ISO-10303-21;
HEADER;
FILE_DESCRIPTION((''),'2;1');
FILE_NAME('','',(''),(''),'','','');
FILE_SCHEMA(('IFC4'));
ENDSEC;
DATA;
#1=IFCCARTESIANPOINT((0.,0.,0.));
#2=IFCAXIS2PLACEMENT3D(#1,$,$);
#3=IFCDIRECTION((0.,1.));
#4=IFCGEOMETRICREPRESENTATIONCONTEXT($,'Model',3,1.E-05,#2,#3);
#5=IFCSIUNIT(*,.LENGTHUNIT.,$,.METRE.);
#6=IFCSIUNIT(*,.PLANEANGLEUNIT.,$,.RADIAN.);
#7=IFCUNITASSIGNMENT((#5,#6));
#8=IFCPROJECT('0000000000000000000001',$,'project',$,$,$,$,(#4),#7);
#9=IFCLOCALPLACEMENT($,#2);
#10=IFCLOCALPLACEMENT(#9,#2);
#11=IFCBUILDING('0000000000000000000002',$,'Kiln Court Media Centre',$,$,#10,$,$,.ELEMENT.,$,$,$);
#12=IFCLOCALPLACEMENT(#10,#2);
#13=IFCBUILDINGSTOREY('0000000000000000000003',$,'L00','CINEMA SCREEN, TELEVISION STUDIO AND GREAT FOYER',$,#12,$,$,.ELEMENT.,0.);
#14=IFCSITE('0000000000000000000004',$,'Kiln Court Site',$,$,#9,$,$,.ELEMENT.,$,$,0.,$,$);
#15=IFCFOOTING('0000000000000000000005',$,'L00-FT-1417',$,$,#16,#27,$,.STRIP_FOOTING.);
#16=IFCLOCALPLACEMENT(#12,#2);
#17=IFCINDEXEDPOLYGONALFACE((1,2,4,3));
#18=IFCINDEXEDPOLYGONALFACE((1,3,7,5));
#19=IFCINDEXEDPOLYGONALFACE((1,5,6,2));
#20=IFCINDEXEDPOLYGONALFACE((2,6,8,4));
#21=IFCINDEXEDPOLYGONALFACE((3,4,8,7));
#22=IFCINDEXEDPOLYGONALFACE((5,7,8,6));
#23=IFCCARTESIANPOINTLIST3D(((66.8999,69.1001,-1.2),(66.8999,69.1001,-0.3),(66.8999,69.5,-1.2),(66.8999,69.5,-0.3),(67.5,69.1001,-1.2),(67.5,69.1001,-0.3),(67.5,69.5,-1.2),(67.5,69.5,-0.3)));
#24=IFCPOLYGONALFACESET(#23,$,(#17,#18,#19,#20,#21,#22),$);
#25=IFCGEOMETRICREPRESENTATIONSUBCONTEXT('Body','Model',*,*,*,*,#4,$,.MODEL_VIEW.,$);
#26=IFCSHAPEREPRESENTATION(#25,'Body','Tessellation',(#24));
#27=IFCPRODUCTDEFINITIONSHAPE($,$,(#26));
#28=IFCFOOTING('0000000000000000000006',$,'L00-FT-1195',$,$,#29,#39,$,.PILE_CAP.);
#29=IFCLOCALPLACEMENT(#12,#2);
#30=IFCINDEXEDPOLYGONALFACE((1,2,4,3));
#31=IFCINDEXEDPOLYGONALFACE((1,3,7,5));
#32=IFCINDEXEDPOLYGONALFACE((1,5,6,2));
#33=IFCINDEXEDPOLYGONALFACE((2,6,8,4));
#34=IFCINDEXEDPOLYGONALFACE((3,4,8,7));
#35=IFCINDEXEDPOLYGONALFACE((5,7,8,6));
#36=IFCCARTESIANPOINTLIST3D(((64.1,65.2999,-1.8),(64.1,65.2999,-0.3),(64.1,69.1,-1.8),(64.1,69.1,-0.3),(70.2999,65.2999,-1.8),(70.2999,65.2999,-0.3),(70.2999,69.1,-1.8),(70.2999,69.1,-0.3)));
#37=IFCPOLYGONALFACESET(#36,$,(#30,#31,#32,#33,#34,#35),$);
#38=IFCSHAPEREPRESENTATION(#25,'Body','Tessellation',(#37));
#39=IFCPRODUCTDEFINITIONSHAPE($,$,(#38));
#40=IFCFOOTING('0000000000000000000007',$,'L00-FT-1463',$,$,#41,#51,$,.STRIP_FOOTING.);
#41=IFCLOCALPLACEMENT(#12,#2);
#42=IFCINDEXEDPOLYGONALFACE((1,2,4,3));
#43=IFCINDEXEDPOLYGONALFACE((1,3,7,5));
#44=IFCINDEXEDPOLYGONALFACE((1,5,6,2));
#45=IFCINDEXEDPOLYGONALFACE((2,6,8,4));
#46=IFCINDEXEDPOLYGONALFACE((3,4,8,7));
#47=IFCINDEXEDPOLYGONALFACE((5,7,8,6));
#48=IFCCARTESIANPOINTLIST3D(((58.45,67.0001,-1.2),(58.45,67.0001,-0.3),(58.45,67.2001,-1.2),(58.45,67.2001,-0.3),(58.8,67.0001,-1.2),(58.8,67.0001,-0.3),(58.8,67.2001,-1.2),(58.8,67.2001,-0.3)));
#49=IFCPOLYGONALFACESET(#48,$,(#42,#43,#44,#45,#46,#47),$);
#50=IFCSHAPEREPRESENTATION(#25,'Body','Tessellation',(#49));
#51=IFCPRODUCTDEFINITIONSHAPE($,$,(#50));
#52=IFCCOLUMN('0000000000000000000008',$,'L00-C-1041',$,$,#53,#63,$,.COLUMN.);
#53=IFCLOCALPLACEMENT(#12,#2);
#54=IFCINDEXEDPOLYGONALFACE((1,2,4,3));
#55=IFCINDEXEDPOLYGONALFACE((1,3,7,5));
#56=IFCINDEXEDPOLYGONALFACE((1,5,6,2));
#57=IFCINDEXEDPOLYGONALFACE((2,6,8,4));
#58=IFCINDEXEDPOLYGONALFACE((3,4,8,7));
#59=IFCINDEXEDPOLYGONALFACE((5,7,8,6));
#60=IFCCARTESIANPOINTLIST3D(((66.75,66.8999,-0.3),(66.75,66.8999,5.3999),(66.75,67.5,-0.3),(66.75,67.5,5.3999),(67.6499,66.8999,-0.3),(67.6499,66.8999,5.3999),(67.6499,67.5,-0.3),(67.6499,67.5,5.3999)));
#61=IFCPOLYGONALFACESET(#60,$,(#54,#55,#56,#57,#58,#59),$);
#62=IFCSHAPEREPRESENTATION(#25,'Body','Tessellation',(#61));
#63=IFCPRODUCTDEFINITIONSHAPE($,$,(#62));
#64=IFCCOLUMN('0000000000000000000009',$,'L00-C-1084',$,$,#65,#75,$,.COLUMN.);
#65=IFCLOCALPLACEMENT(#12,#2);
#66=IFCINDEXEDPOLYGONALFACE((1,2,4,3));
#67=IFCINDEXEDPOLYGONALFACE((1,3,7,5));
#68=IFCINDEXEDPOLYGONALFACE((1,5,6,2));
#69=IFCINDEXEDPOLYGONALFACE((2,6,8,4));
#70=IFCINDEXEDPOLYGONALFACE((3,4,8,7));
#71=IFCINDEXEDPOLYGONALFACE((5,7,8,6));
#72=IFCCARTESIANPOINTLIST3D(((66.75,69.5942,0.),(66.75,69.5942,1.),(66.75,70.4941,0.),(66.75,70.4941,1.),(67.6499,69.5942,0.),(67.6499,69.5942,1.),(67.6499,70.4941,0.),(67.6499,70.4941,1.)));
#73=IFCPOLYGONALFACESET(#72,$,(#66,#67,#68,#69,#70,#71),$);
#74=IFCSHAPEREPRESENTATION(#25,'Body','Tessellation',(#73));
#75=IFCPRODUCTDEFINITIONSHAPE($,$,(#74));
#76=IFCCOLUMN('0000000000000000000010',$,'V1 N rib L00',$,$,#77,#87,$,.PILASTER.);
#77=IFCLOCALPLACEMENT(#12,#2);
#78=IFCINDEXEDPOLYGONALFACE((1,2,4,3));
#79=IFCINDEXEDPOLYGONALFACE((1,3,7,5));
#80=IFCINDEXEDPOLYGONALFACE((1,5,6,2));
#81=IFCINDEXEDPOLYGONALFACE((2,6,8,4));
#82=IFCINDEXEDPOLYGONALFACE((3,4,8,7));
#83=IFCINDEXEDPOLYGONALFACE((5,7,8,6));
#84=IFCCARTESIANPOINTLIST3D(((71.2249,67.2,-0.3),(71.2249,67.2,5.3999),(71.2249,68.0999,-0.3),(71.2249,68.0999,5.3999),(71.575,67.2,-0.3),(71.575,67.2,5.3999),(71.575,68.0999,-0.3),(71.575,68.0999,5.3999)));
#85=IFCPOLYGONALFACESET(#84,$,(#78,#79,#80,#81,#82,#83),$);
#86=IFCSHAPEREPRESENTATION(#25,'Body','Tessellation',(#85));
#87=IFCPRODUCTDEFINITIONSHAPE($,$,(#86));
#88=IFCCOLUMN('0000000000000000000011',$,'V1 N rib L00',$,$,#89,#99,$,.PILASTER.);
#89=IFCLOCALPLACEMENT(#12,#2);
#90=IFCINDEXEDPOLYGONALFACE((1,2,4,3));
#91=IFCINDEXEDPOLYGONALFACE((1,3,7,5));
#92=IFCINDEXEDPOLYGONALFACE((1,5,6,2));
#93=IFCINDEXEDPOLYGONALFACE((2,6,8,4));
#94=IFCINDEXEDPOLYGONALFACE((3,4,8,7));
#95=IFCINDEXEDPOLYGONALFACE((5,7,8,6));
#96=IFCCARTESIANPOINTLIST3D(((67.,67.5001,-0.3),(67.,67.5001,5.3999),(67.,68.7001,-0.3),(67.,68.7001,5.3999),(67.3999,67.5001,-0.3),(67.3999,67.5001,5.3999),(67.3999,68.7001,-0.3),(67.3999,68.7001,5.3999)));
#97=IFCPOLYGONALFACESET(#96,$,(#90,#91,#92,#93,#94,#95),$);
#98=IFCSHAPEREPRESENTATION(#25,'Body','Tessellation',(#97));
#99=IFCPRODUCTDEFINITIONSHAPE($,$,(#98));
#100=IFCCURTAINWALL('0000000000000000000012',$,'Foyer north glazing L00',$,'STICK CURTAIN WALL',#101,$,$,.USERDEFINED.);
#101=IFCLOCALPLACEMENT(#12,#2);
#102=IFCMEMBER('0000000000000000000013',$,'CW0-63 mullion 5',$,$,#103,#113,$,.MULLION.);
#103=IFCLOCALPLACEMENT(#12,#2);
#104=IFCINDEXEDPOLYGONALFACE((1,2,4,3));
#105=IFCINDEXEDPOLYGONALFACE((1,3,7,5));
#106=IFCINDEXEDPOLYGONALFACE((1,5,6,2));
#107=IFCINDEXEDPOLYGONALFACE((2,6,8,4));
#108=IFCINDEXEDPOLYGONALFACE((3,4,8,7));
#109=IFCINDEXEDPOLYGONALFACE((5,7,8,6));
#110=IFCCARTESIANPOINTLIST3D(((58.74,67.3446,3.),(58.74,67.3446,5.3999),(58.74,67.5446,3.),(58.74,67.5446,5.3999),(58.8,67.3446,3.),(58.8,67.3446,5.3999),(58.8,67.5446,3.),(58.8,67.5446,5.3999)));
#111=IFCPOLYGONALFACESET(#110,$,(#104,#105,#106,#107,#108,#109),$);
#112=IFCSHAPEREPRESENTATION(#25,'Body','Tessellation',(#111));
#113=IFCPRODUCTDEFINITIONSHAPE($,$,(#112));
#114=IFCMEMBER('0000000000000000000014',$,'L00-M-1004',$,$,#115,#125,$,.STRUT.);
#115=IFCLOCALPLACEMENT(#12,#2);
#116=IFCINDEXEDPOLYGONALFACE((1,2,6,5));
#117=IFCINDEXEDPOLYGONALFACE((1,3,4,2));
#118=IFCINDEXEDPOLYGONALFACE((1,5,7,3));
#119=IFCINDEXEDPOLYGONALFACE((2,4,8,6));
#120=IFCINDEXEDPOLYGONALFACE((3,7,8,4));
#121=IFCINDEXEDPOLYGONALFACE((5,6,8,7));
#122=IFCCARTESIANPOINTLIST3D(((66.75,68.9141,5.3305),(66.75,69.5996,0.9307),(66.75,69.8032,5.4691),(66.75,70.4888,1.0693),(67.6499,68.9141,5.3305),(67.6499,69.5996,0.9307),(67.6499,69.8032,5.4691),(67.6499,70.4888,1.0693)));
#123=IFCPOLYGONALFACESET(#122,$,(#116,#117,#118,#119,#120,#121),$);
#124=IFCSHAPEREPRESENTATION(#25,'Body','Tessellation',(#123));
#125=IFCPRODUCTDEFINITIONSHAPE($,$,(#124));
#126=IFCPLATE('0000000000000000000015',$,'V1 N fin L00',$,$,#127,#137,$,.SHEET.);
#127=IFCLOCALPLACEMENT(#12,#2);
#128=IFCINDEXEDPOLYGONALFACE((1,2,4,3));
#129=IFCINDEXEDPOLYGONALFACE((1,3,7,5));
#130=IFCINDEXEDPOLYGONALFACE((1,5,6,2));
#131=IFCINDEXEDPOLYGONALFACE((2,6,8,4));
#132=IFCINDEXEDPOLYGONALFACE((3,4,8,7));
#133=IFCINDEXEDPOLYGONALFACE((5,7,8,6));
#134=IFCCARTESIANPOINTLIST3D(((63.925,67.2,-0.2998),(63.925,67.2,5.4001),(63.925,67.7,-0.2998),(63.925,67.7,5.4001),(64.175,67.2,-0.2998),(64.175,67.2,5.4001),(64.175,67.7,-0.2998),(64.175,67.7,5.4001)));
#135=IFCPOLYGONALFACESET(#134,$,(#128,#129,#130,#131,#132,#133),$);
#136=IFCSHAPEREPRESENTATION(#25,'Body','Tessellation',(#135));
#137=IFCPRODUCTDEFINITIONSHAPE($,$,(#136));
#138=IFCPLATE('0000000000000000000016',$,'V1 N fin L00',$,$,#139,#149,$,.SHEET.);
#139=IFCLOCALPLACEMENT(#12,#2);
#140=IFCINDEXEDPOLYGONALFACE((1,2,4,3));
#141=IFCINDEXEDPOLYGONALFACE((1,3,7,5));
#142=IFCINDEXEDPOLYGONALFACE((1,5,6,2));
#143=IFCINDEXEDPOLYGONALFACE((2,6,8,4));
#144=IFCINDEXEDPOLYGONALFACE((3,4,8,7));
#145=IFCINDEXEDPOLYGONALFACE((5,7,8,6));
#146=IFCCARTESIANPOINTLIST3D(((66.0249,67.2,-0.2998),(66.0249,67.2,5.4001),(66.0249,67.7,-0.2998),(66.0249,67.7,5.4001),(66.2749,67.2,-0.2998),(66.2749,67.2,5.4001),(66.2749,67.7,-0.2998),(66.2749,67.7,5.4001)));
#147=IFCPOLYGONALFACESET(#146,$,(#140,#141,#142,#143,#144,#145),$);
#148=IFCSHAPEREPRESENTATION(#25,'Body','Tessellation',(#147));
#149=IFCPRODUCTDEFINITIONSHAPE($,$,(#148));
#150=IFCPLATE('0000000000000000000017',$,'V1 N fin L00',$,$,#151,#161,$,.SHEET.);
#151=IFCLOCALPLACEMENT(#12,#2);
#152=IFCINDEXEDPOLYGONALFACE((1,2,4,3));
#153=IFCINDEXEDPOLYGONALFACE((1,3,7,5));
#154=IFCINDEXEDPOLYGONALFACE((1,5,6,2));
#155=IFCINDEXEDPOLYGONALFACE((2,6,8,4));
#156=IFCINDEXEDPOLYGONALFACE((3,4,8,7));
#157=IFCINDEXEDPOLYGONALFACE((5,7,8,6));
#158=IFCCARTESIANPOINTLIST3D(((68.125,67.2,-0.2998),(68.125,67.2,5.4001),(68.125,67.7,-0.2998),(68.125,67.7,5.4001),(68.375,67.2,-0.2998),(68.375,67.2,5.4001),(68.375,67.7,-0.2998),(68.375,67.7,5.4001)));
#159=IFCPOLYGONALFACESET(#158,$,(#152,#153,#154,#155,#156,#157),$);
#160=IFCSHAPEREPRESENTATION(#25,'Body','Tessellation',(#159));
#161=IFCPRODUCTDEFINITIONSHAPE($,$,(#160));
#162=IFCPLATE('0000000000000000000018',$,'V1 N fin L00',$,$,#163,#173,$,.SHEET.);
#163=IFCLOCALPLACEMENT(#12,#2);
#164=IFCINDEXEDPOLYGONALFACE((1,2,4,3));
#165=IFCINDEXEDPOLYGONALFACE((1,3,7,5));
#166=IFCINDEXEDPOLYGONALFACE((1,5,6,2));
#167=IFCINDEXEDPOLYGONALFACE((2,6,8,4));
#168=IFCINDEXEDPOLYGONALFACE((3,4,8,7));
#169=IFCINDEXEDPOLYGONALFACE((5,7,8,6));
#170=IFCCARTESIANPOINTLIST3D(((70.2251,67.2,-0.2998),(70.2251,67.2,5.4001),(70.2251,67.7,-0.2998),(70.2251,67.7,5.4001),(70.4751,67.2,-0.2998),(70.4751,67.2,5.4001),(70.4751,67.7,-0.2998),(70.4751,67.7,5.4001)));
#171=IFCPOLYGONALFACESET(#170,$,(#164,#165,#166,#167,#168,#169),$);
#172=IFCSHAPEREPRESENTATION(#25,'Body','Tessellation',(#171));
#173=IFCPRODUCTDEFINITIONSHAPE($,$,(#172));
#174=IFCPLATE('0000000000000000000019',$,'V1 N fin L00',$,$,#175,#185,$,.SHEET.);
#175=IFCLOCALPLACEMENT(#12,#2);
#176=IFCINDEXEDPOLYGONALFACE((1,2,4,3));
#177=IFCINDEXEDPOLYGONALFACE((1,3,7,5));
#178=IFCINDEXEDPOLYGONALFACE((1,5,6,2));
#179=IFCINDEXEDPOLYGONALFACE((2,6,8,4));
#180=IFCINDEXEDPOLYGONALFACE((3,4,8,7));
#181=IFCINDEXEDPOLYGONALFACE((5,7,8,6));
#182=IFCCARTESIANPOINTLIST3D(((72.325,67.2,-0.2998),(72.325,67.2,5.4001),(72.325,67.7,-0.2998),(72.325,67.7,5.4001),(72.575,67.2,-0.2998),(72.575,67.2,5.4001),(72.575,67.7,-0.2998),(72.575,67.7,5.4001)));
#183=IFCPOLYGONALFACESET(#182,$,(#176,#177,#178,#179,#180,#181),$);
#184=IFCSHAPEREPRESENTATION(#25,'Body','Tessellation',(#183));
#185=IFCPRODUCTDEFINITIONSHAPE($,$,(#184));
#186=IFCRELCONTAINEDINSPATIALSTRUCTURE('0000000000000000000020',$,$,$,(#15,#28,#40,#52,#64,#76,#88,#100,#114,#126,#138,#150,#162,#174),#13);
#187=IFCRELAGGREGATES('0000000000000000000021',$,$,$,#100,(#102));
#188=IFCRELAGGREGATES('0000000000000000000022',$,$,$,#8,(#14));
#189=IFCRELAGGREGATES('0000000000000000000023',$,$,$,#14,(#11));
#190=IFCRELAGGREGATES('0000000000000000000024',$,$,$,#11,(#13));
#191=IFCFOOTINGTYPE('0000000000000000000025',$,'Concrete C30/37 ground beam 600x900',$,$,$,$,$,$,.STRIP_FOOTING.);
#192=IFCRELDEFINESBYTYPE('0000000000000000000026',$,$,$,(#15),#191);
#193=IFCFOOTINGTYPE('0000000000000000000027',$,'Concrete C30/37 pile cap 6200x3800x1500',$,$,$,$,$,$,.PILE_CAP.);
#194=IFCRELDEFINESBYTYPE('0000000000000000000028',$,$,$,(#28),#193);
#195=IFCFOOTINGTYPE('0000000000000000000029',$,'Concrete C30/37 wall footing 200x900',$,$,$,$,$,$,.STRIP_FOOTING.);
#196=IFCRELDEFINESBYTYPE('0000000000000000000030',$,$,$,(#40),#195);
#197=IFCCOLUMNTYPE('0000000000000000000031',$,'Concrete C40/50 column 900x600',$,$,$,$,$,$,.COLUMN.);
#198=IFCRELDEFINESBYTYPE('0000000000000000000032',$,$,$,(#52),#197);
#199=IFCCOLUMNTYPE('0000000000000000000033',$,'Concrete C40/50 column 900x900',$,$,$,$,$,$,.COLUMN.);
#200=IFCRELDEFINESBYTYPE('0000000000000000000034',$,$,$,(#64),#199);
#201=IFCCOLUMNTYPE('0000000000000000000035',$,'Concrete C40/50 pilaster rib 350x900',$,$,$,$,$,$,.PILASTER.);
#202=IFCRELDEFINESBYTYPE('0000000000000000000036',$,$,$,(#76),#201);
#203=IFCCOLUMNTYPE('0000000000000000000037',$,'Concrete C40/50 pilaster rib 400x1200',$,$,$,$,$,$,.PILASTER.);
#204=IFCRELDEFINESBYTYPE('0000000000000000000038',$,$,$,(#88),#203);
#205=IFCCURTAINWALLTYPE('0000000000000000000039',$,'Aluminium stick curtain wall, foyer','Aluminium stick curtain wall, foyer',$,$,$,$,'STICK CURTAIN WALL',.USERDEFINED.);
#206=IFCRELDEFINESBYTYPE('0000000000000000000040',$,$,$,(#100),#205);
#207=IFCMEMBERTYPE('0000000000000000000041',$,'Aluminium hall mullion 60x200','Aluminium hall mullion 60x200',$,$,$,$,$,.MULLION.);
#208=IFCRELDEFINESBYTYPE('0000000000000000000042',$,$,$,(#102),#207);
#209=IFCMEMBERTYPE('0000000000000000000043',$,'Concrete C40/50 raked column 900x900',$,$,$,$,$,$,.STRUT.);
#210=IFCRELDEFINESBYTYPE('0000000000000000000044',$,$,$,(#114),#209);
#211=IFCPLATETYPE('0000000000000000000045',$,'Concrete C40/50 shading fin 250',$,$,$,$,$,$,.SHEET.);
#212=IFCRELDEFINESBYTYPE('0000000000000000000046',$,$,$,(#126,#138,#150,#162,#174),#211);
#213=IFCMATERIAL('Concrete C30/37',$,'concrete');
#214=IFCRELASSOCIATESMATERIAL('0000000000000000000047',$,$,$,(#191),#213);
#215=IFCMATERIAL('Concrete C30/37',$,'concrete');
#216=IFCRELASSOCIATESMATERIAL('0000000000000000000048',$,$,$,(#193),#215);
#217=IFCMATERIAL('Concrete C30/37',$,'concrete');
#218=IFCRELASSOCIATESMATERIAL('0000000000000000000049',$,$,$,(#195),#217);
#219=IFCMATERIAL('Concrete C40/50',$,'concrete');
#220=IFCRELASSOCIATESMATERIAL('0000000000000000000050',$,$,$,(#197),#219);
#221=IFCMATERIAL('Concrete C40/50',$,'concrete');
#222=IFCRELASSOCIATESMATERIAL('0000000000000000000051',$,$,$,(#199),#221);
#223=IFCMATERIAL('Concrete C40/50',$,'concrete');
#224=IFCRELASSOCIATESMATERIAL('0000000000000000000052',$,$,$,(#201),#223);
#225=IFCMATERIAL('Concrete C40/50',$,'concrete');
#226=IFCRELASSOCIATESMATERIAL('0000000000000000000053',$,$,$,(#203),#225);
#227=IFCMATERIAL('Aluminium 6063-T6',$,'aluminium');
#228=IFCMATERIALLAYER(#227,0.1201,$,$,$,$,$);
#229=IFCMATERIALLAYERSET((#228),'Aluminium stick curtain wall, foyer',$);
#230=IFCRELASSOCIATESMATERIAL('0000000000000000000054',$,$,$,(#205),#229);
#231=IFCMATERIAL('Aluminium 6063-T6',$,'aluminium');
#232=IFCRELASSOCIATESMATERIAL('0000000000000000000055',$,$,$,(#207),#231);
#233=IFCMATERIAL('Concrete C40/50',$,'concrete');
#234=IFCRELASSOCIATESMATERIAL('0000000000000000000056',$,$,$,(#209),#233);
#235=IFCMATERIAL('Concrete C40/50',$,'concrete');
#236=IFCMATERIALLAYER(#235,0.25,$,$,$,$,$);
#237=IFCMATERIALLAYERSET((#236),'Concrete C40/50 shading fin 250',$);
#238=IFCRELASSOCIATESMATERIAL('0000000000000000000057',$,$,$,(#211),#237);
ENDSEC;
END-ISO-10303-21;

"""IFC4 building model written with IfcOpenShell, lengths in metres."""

from ifc_helpers import new_model, si_unit, direction, frame, origin, origin_2d, place, context, subcontext, project, spatial, rectangle, extrude, material, layer, layer_set, material_profile, profile_set, type_object, element, aggregate, save


model = new_model("IFC4")

# Units and contexts
model_context = context("Model", 3, precision=1e-05, world=origin(), true_north=direction((0.0, 1.0)))
body_context = subcontext(model_context, "Body", "Model", "MODEL_VIEW")
ifc_project = project(units=[si_unit("LENGTHUNIT", "METRE"), si_unit("PLANEANGLEUNIT", "RADIAN")], contexts=[model_context])

# Site, building, storey
site_placement = place(None, origin())
site = spatial("IfcSite", under=ifc_project, at=site_placement, Name="Kiln Court Site", CompositionType="ELEMENT", RefElevation=0.0)
building_placement = place(site_placement, origin())
building = spatial("IfcBuilding", under=site, at=building_placement, Name="Kiln Court Media Centre", CompositionType="ELEMENT")
storey_placement = place(building_placement, origin())
storey = spatial("IfcBuildingStorey", under=building, at=storey_placement, Name="L00", Description="CINEMA SCREEN, TELEVISION STUDIO AND GREAT FOYER", CompositionType="ELEMENT", Elevation=0.0)

# Footings
ifc_material_1 = material(Name="Concrete C30/37", Category="concrete")
footing_type_1 = type_object("IfcFootingType", Name="Concrete C30/37 ground beam 600x900", PredefinedType="STRIP_FOOTING", material=ifc_material_1)
footing_1_placement = place(storey_placement, frame((67.2, 69.3, -1.2), z_axis=(0.0, 0.0, 1.0), x_axis=(1.0, 0.0, 0.0)))
element("IfcFooting", 1, at=footing_1_placement, inside=storey, type_object=footing_type_1, Name="L00-FT-1417", PredefinedType="STRIP_FOOTING", context=body_context, shape_type="SweptSolid", body=[
    extrude(rectangle(XDim=0.6001, YDim=0.3999, at=origin_2d()), origin(), (0.0, 0.0, 1.0), 0.8999),
])
ifc_material_2 = material(Name="Concrete C30/37", Category="concrete")
footing_type_2 = type_object("IfcFootingType", Name="Concrete C30/37 pile cap 6200x3800x1500", PredefinedType="PILE_CAP", material=ifc_material_2)
footing_2_placement = place(storey_placement, frame((67.2, 67.2, -1.8), z_axis=(0.0, 0.0, 1.0), x_axis=(1.0, 0.0, 0.0)))
element("IfcFooting", 2, at=footing_2_placement, inside=storey, type_object=footing_type_2, Name="L00-FT-1195", PredefinedType="PILE_CAP", context=body_context, shape_type="SweptSolid", body=[
    extrude(rectangle(XDim=6.2, YDim=3.8, at=origin_2d()), origin(), (0.0, 0.0, 1.0), 1.5),
])
ifc_material_3 = material(Name="Concrete C30/37", Category="concrete")
footing_type_3 = type_object("IfcFootingType", Name="Concrete C30/37 wall footing 200x900", PredefinedType="STRIP_FOOTING", material=ifc_material_3)
footing_3_placement = place(storey_placement, frame((58.625, 67.1001, -1.2), z_axis=(0.0, 0.0, 1.0), x_axis=(1.0, 0.0, 0.0)))
element("IfcFooting", 3, at=footing_3_placement, inside=storey, type_object=footing_type_3, Name="L00-FT-1463", PredefinedType="STRIP_FOOTING", context=body_context, shape_type="SweptSolid", body=[
    extrude(rectangle(XDim=0.3501, YDim=0.2, at=origin_2d()), origin(), (0.0, 0.0, 1.0), 0.8999),
])

# Columns
ifc_material_4 = material(Name="Concrete C40/50", Category="concrete")
ifc_material_profile_1 = material_profile(ifc_material_4, rectangle(XDim=0.8999, YDim=0.6001, at=origin_2d()), Name="RC 900x600")
ifc_profile_set_1 = profile_set([ifc_material_profile_1], Name="Concrete C40/50")
column_type_1 = type_object("IfcColumnType", Name="Concrete C40/50 column 900x600", PredefinedType="COLUMN", material=ifc_profile_set_1)
column_1_placement = place(storey_placement, frame((67.2, 67.2, -0.3), z_axis=(0.0, 0.0, 1.0), x_axis=(1.0, 0.0, 0.0)))
element("IfcColumn", 4, at=column_1_placement, inside=storey, type_object=column_type_1, Name="L00-C-1041", PredefinedType="COLUMN", context=body_context, shape_type="SweptSolid", body=[
    extrude(rectangle(XDim=0.8999, YDim=0.6001, at=origin_2d()), origin(), (0.0, 0.0, 1.0), 5.7),
])
ifc_material_5 = material(Name="Concrete C40/50", Category="concrete")
ifc_material_profile_2 = material_profile(ifc_material_5, rectangle(XDim=0.8999, YDim=0.8999, at=origin_2d()), Name="RC 900x900")
ifc_profile_set_2 = profile_set([ifc_material_profile_2], Name="Concrete C40/50")
column_type_2 = type_object("IfcColumnType", Name="Concrete C40/50 column 900x900", PredefinedType="COLUMN", material=ifc_profile_set_2)
column_2_placement = place(storey_placement, frame((67.2, 70.0442, 0.0), z_axis=(0.0, 0.0, 1.0), x_axis=(1.0, 0.0, 0.0)))
element("IfcColumn", 5, at=column_2_placement, inside=storey, type_object=column_type_2, Name="L00-C-1084", PredefinedType="COLUMN", context=body_context, shape_type="SweptSolid", body=[
    extrude(rectangle(XDim=0.8999, YDim=0.8999, at=origin_2d()), origin(), (0.0, 0.0, 1.0), 1.0),
])
ifc_material_6 = material(Name="Concrete C40/50", Category="concrete")
ifc_material_profile_3 = material_profile(ifc_material_6, rectangle(XDim=0.3501, YDim=0.8999, at=origin_2d()), Name="RC 350x900")
ifc_profile_set_3 = profile_set([ifc_material_profile_3], Name="Concrete C40/50")
column_type_3 = type_object("IfcColumnType", Name="Concrete C40/50 pilaster rib 350x900", PredefinedType="PILASTER", material=ifc_profile_set_3)
column_3_placement = place(storey_placement, frame((71.3999, 67.6499, -0.3), z_axis=(0.0, 0.0, 1.0), x_axis=(1.0, 0.0, 0.0)))
element("IfcColumn", 6, at=column_3_placement, inside=storey, type_object=column_type_3, Name="V1 N rib L00", PredefinedType="PILASTER", context=body_context, shape_type="SweptSolid", body=[
    extrude(rectangle(XDim=0.3501, YDim=0.8999, at=origin_2d()), origin(), (0.0, 0.0, 1.0), 5.7),
])
ifc_material_7 = material(Name="Concrete C40/50", Category="concrete")
ifc_material_profile_4 = material_profile(ifc_material_7, rectangle(XDim=0.3999, YDim=1.2, at=origin_2d()), Name="RC 400x1200")
ifc_profile_set_4 = profile_set([ifc_material_profile_4], Name="Concrete C40/50")
column_type_4 = type_object("IfcColumnType", Name="Concrete C40/50 pilaster rib 400x1200", PredefinedType="PILASTER", material=ifc_profile_set_4)
column_4_placement = place(storey_placement, frame((67.2, 68.1001, -0.3), z_axis=(0.0, 0.0, 1.0), x_axis=(1.0, 0.0, 0.0)))
element("IfcColumn", 7, at=column_4_placement, inside=storey, type_object=column_type_4, Name="V1 N rib L00", PredefinedType="PILASTER", context=body_context, shape_type="SweptSolid", body=[
    extrude(rectangle(XDim=0.3999, YDim=1.2, at=origin_2d()), origin(), (0.0, 0.0, 1.0), 5.7),
])

# Curtain wall, member
ifc_material_8 = material(Name="Aluminium 6063-T6", Category="aluminium")
ifc_layer_1 = layer(ifc_material_8, 0.1201)
ifc_layer_set_1 = layer_set([ifc_layer_1], Name="Aluminium stick curtain wall, foyer")
curtain_wall_type = type_object("IfcCurtainWallType", Name="Aluminium stick curtain wall, foyer", Description="Aluminium stick curtain wall, foyer", ElementType="STICK CURTAIN WALL", PredefinedType="USERDEFINED", material=ifc_layer_set_1)
curtain_wall_placement = place(storey_placement, origin())
curtain_wall = element("IfcCurtainWall", 8, at=curtain_wall_placement, inside=storey, type_object=curtain_wall_type, Name="Foyer north glazing L00", ObjectType="STICK CURTAIN WALL", PredefinedType="USERDEFINED")
ifc_material_9 = material(Name="Aluminium 6063-T6", Category="aluminium")
ifc_material_profile_5 = material_profile(ifc_material_9, rectangle(XDim=0.0601, YDim=0.2, at=origin_2d()), Name="Aluminium hall mullion 60x200")
ifc_profile_set_5 = profile_set([ifc_material_profile_5], Name="Aluminium 6063-T6")
member_type_1 = type_object("IfcMemberType", Name="Aluminium hall mullion 60x200", Description="Aluminium hall mullion 60x200", PredefinedType="MULLION", material=ifc_profile_set_5)
member_1_placement = place(storey_placement, frame((58.77, 67.4446, 3.0), z_axis=(0.0, 0.0, 1.0), x_axis=(1.0, 0.0, 0.0)))
member_1 = element("IfcMember", 9, at=member_1_placement, type_object=member_type_1, Name="CW0-63 mullion 5", PredefinedType="MULLION", context=body_context, shape_type="SweptSolid", body=[
    extrude(rectangle(XDim=0.0601, YDim=0.2, at=origin_2d()), origin(), (0.0, 0.0, 1.0), 2.3999),
])
aggregate(curtain_wall, [member_1])

# Member
ifc_material_10 = material(Name="Concrete C40/50", Category="concrete")
ifc_material_profile_6 = material_profile(ifc_material_10, rectangle(XDim=0.8999, YDim=0.8999, at=origin_2d()), Name="RC 900x900")
ifc_profile_set_6 = profile_set([ifc_material_profile_6], Name="Concrete C40/50")
member_type_2 = type_object("IfcMemberType", Name="Concrete C40/50 raked column 900x900", PredefinedType="STRUT", material=ifc_profile_set_6)
member_2_placement = place(storey_placement, frame((67.2, 70.0442, 1.0), z_axis=(0.0, -0.153952, 0.988078), x_axis=(1.0, 0.0, 0.0)))
element("IfcMember", 10, at=member_2_placement, inside=storey, type_object=member_type_2, Name="L00-M-1004", PredefinedType="STRUT", context=body_context, shape_type="SweptSolid", body=[
    extrude(rectangle(XDim=0.8999, YDim=0.8999, at=origin_2d()), origin(), (0.0, 0.0, 1.0), 4.4529),
])

# Plates
ifc_material_11 = material(Name="Concrete C40/50", Category="concrete")
ifc_layer_2 = layer(ifc_material_11, 0.25)
ifc_layer_set_2 = layer_set([ifc_layer_2], Name="Concrete C40/50 shading fin 250")
plate_type = type_object("IfcPlateType", Name="Concrete C40/50 shading fin 250", PredefinedType="SHEET", material=ifc_layer_set_2)
for number, where, z_axis, x_axis, name in (
    (11, (64.05, 67.45, -0.2998), (0.0, 0.0, 1.0), (1.0, 0.0, 0.0), "V1 N fin L00"),
    (12, (66.1499, 67.45, -0.2998), (0.0, 0.0, 1.0), (1.0, 0.0, 0.0), "V1 N fin L00"),
    (13, (68.25, 67.45, -0.2998), (0.0, 0.0, 1.0), (1.0, 0.0, 0.0), "V1 N fin L00"),
    (14, (70.3501, 67.45, -0.2998), (0.0, 0.0, 1.0), (1.0, 0.0, 0.0), "V1 N fin L00"),
    (15, (72.45, 67.45, -0.2998), (0.0, 0.0, 1.0), (1.0, 0.0, 0.0), "V1 N fin L00"),
):
    element("IfcPlate", number, at=place(storey_placement, frame(where, z_axis=z_axis, x_axis=x_axis)), inside=storey, type_object=plate_type, Name=name, PredefinedType="SHEET", context=body_context, shape_type="SweptSolid", body=[
        extrude(rectangle(XDim=0.25, YDim=0.5, at=origin_2d()), origin(), (0.0, 0.0, 1.0), 5.7),
    ])

save(model, "model.ifc")
